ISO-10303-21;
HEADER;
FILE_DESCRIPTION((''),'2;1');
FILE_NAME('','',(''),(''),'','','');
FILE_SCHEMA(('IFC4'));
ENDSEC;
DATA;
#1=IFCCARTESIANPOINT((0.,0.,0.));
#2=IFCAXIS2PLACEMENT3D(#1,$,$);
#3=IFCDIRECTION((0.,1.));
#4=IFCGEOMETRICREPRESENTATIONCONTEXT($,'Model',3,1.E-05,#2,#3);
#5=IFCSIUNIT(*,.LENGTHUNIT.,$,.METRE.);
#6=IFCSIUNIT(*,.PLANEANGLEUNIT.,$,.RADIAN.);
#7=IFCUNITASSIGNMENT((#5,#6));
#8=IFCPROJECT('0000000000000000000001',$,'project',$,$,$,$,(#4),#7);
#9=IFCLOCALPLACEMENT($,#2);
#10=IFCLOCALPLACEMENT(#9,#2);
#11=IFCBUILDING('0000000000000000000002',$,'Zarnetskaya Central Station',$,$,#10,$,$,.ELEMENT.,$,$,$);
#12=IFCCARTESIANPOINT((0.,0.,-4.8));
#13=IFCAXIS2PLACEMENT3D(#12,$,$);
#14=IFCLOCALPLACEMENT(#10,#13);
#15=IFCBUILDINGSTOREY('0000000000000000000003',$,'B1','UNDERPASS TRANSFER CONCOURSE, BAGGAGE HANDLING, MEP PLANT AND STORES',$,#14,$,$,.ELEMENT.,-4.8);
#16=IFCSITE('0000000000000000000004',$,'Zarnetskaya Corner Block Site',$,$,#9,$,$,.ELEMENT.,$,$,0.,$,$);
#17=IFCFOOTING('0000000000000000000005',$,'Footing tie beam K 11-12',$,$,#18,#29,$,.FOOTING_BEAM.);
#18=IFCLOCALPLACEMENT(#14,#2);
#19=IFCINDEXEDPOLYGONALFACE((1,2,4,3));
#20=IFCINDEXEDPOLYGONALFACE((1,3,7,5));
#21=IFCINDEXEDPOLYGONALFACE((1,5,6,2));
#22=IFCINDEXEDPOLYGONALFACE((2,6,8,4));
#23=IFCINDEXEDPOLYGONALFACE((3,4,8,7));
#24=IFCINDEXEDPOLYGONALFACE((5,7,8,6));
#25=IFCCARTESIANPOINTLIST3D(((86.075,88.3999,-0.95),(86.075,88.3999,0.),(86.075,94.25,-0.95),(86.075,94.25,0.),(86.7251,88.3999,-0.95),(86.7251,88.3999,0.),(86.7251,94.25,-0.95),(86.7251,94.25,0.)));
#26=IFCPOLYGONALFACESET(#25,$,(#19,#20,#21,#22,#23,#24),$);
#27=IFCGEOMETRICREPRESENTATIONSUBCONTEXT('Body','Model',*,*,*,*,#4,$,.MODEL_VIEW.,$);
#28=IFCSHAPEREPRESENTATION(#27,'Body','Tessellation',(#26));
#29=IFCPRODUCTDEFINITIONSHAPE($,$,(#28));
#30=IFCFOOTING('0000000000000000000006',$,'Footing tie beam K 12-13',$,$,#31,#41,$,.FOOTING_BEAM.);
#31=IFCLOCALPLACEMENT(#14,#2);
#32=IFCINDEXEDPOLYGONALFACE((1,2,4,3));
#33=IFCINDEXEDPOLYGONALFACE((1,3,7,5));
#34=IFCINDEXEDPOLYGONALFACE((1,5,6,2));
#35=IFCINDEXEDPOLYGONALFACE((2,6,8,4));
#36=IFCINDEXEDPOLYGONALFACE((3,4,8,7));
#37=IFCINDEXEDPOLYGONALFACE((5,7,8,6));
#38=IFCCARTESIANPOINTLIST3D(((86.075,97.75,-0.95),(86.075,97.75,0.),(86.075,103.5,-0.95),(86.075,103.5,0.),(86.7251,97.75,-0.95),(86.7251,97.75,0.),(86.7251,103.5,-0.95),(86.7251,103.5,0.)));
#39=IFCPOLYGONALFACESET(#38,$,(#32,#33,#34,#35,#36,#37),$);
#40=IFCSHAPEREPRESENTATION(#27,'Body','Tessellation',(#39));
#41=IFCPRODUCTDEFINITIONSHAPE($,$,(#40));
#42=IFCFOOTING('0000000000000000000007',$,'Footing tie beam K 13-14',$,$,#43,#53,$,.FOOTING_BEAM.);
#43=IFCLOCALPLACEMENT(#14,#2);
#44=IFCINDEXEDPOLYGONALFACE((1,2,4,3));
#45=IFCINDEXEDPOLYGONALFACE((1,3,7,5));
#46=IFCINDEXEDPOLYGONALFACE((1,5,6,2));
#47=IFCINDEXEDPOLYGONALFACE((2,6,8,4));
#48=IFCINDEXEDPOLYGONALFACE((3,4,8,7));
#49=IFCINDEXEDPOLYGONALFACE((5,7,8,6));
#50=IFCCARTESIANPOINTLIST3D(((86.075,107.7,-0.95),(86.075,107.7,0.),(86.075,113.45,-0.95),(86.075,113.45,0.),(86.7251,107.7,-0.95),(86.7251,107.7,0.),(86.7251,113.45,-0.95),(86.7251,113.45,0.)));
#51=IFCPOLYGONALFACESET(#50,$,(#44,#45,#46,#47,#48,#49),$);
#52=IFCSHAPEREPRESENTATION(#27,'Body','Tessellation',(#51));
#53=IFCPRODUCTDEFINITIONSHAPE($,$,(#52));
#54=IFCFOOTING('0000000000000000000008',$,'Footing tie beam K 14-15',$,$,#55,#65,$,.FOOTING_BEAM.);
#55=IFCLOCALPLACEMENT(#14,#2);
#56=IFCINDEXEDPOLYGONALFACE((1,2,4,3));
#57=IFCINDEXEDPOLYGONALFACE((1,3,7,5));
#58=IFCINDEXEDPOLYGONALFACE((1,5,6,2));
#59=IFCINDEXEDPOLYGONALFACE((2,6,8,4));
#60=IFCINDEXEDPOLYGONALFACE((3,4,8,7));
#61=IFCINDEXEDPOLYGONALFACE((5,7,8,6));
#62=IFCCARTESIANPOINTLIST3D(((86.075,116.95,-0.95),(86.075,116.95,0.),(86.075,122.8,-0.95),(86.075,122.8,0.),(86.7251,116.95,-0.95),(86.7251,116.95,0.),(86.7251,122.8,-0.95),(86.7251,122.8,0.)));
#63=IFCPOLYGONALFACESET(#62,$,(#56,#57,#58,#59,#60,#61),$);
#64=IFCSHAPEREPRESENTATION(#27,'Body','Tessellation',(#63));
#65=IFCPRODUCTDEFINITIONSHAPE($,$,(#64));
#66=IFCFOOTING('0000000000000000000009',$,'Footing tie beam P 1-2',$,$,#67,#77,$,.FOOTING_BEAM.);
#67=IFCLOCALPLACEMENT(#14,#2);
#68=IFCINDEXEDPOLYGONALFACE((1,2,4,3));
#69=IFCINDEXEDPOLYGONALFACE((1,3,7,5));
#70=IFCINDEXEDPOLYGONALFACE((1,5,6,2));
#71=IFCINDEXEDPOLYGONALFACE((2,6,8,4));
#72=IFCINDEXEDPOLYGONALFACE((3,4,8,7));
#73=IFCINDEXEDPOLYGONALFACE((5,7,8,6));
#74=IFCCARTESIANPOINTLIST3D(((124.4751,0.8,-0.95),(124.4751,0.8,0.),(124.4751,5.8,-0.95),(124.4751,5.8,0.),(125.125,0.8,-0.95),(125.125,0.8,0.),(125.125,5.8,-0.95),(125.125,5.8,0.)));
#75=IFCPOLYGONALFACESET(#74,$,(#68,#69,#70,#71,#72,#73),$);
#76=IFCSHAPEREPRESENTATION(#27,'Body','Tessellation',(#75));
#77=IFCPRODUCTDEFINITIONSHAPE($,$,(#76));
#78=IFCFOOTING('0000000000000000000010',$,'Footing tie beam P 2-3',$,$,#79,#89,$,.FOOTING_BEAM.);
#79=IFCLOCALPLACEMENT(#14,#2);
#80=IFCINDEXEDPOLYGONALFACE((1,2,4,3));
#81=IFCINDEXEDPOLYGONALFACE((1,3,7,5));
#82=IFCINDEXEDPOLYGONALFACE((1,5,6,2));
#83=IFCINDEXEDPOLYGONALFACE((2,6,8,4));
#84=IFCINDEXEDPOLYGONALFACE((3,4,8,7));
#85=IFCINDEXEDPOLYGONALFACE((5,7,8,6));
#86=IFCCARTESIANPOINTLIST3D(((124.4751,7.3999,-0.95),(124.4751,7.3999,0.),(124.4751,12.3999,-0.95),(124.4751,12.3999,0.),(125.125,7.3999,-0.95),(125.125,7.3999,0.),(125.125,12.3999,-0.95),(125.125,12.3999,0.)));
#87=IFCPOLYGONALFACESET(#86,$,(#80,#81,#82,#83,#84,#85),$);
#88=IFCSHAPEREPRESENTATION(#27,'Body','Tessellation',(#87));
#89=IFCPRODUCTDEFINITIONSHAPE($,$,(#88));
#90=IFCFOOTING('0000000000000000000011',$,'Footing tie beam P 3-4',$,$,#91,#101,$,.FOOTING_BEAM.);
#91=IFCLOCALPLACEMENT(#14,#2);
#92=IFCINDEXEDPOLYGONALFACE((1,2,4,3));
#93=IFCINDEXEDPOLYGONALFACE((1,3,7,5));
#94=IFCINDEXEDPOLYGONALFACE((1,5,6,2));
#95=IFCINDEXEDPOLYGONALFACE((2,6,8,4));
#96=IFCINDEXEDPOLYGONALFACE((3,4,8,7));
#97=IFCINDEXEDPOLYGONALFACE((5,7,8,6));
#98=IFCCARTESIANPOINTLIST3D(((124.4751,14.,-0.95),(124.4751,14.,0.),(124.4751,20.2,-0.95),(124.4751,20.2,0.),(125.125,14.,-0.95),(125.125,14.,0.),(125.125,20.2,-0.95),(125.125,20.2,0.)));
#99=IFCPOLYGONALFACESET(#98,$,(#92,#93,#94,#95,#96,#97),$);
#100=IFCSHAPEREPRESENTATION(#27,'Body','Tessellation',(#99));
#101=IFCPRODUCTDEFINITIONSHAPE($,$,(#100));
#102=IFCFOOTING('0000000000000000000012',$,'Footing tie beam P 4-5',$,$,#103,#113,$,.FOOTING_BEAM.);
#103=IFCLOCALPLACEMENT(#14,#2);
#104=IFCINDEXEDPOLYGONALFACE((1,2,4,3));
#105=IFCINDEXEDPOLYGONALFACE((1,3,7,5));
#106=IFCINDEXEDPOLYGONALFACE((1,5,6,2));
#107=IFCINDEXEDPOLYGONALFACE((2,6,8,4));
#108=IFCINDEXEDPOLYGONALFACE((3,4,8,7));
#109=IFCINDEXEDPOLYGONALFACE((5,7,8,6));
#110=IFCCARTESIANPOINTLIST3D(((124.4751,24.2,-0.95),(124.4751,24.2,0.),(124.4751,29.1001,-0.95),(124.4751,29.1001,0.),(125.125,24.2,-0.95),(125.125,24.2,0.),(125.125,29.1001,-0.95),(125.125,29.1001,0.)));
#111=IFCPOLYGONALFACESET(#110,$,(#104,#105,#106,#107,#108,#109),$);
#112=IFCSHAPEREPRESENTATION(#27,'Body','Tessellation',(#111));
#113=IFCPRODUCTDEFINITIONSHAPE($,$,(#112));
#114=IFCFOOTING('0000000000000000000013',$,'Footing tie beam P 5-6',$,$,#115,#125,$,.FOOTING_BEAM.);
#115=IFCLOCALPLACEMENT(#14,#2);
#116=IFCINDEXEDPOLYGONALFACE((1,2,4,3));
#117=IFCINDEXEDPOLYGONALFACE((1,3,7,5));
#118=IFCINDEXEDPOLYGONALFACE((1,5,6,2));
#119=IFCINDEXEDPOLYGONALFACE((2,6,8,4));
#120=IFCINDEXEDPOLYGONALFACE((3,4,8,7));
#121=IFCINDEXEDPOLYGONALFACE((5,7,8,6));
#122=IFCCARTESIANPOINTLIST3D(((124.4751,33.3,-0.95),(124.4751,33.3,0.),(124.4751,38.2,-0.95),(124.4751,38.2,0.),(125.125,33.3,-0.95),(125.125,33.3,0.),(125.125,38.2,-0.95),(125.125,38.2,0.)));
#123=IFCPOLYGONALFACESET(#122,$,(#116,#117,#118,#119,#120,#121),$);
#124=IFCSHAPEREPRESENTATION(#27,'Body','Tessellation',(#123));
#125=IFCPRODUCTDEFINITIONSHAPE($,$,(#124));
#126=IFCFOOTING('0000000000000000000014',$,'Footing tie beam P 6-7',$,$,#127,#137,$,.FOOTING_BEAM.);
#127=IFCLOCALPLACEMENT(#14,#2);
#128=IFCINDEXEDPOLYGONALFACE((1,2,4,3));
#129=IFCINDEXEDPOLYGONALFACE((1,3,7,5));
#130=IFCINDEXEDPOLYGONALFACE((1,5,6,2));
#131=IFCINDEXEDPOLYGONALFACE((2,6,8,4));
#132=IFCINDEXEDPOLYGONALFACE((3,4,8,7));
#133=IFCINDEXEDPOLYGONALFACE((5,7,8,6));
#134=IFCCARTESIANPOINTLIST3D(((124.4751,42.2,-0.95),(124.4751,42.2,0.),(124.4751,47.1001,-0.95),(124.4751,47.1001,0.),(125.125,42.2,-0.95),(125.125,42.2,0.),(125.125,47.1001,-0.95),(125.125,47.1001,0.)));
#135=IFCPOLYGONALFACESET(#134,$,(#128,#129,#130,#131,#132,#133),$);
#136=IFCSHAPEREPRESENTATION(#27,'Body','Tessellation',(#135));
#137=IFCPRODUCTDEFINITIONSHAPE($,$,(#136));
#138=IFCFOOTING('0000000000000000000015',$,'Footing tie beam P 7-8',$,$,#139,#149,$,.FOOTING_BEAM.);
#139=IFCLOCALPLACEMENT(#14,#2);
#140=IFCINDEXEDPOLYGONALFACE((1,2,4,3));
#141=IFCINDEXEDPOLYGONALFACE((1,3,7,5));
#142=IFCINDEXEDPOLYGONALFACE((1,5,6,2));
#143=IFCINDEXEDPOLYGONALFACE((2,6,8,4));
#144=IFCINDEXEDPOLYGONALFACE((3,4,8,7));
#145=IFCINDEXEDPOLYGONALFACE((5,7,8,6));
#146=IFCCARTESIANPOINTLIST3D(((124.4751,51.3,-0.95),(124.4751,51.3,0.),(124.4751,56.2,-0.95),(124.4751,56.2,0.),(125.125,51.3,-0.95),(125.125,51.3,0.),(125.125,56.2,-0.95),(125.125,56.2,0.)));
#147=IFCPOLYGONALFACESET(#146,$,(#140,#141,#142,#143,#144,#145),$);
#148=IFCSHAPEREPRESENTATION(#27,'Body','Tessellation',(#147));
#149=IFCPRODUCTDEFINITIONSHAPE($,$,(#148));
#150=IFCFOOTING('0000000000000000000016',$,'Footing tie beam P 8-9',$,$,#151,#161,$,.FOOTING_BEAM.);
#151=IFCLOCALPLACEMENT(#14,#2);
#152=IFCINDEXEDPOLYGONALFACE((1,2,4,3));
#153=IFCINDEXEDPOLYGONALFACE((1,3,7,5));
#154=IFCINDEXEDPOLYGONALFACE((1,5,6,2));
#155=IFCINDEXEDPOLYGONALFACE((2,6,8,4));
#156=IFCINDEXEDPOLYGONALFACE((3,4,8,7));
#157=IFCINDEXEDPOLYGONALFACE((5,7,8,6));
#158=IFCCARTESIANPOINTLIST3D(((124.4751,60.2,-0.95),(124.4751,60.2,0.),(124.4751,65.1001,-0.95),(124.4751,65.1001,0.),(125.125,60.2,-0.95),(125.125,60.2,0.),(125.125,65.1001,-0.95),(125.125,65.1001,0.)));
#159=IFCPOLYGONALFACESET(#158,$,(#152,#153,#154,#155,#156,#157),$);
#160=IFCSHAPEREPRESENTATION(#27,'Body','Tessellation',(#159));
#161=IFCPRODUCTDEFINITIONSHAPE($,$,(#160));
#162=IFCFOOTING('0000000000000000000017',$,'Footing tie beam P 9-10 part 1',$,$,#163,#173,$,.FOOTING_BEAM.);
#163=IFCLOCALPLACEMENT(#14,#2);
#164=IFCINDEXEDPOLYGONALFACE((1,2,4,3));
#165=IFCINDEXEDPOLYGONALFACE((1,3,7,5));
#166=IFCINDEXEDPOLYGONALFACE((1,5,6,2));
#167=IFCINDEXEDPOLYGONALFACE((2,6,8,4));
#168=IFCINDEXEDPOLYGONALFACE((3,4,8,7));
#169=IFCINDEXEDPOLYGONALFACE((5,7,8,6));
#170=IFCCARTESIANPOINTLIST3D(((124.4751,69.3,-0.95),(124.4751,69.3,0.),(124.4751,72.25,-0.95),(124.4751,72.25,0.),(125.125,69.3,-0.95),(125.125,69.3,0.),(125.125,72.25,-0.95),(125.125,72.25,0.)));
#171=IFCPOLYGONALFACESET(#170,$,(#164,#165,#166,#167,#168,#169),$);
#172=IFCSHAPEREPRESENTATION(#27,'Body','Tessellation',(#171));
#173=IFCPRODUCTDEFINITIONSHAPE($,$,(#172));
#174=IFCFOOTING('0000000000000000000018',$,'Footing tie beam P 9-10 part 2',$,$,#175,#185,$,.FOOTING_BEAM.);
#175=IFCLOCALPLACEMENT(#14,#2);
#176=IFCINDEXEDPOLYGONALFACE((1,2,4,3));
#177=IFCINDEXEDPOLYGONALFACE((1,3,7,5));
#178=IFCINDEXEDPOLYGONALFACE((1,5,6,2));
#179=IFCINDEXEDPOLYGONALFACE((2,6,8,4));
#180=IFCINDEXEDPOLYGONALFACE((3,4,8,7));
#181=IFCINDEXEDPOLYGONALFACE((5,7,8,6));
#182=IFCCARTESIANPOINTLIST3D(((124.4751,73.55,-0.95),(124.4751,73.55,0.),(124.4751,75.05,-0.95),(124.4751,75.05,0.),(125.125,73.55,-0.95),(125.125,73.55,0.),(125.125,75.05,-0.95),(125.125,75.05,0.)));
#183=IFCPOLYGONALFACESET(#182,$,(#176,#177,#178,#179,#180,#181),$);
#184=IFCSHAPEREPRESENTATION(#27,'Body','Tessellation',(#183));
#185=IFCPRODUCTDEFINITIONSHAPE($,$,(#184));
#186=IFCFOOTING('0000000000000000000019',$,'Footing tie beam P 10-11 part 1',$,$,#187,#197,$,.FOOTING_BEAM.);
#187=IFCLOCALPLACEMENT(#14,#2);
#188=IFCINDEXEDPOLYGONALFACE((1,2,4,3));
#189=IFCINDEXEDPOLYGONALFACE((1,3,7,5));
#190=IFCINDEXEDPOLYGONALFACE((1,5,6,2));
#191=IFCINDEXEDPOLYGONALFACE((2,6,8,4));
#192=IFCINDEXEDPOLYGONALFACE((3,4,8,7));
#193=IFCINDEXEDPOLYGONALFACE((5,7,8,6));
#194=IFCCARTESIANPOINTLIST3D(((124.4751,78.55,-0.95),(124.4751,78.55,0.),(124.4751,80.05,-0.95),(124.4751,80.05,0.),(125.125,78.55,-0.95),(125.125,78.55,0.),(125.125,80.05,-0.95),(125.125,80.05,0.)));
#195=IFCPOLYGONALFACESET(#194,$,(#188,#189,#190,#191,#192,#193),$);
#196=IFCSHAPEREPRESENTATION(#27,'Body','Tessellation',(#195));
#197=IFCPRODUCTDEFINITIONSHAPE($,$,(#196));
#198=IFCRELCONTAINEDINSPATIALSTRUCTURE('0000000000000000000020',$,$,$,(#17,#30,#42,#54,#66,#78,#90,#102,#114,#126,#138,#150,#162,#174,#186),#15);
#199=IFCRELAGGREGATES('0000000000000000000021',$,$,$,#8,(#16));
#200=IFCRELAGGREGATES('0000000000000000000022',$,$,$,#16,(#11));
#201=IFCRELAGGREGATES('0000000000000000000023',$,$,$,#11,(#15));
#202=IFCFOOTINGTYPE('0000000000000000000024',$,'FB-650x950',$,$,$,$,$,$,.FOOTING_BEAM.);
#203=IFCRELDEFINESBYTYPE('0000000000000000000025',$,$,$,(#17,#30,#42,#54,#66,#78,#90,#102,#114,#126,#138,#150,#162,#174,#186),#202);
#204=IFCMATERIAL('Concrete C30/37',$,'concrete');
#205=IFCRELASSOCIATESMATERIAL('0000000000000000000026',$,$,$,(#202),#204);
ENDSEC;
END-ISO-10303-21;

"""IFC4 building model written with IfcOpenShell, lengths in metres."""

from ifc_helpers import new_model, si_unit, direction, frame, origin, place, context, subcontext, project, spatial, polyline, outline, extrude, material, type_object, element, save


model = new_model("IFC4")

# Units and contexts
model_context = context("Model", 3, precision=1e-05, world=origin(), true_north=direction((0.0, 1.0)))
body_context = subcontext(model_context, "Body", "Model", "MODEL_VIEW")
ifc_project = project(units=[si_unit("LENGTHUNIT", "METRE"), si_unit("PLANEANGLEUNIT", "RADIAN")], contexts=[model_context])

# Site, building, storey
site_placement = place(None, origin())
site = spatial("IfcSite", under=ifc_project, at=site_placement, Name="Zarnetskaya Corner Block Site", CompositionType="ELEMENT", RefElevation=0.0)
building_placement = place(site_placement, origin())
building = spatial("IfcBuilding", under=site, at=building_placement, Name="Zarnetskaya Central Station", CompositionType="ELEMENT")
storey_placement = place(building_placement, frame((0.0, 0.0, -4.8)))
storey = spatial("IfcBuildingStorey", under=building, at=storey_placement, Name="B1", Description="UNDERPASS TRANSFER CONCOURSE, BAGGAGE HANDLING, MEP PLANT AND STORES", CompositionType="ELEMENT", Elevation=-4.8)

# Footings
ifc_material = material(Name="Concrete C30/37", Category="concrete")
footing_type = type_object("IfcFootingType", Name="FB-650x950", PredefinedType="FOOTING_BEAM", material=ifc_material)
footing_1_placement = place(storey_placement, frame((0.0, 0.0, -0.95)))
element("IfcFooting", 1, at=footing_1_placement, inside=storey, type_object=footing_type, Name="Footing tie beam K 11-12", PredefinedType="FOOTING_BEAM", context=body_context, shape_type="SweptSolid", body=[
    extrude(outline(polyline([(86.075, 88.3999), (86.7251, 88.3999), (86.7251, 94.25), (86.075, 94.25), (86.075, 88.3999)])), origin(), (0.0, 0.0, 1.0), 0.95),
])
footing_2_placement = place(storey_placement, frame((0.0, 0.0, -0.95)))
element("IfcFooting", 2, at=footing_2_placement, inside=storey, type_object=footing_type, Name="Footing tie beam K 12-13", PredefinedType="FOOTING_BEAM", context=body_context, shape_type="SweptSolid", body=[
    extrude(outline(polyline([(86.075, 97.75), (86.7251, 97.75), (86.7251, 103.5), (86.075, 103.5), (86.075, 97.75)])), origin(), (0.0, 0.0, 1.0), 0.95),
])
footing_3_placement = place(storey_placement, frame((0.0, 0.0, -0.95)))
element("IfcFooting", 3, at=footing_3_placement, inside=storey, type_object=footing_type, Name="Footing tie beam K 13-14", PredefinedType="FOOTING_BEAM", context=body_context, shape_type="SweptSolid", body=[
    extrude(outline(polyline([(86.075, 107.7), (86.7251, 107.7), (86.7251, 113.45), (86.075, 113.45), (86.075, 107.7)])), origin(), (0.0, 0.0, 1.0), 0.95),
])
footing_4_placement = place(storey_placement, frame((0.0, 0.0, -0.95)))
element("IfcFooting", 4, at=footing_4_placement, inside=storey, type_object=footing_type, Name="Footing tie beam K 14-15", PredefinedType="FOOTING_BEAM", context=body_context, shape_type="SweptSolid", body=[
    extrude(outline(polyline([(86.075, 116.95), (86.7251, 116.95), (86.7251, 122.8), (86.075, 122.8), (86.075, 116.95)])), origin(), (0.0, 0.0, 1.0), 0.95),
])
footing_5_placement = place(storey_placement, frame((0.0, 0.0, -0.95)))
element("IfcFooting", 5, at=footing_5_placement, inside=storey, type_object=footing_type, Name="Footing tie beam P 1-2", PredefinedType="FOOTING_BEAM", context=body_context, shape_type="SweptSolid", body=[
    extrude(outline(polyline([(124.4751, 0.8), (125.125, 0.8), (125.125, 5.8), (124.4751, 5.8), (124.4751, 0.8)])), origin(), (0.0, 0.0, 1.0), 0.95),
])
footing_6_placement = place(storey_placement, frame((0.0, 0.0, -0.95)))
element("IfcFooting", 6, at=footing_6_placement, inside=storey, type_object=footing_type, Name="Footing tie beam P 2-3", PredefinedType="FOOTING_BEAM", context=body_context, shape_type="SweptSolid", body=[
    extrude(outline(polyline([(124.4751, 7.3999), (125.125, 7.3999), (125.125, 12.3999), (124.4751, 12.3999), (124.4751, 7.3999)])), origin(), (0.0, 0.0, 1.0), 0.95),
])
footing_7_placement = place(storey_placement, frame((0.0, 0.0, -0.95)))
element("IfcFooting", 7, at=footing_7_placement, inside=storey, type_object=footing_type, Name="Footing tie beam P 3-4", PredefinedType="FOOTING_BEAM", context=body_context, shape_type="SweptSolid", body=[
    extrude(outline(polyline([(124.4751, 14.0), (125.125, 14.0), (125.125, 20.2), (124.4751, 20.2), (124.4751, 14.0)])), origin(), (0.0, 0.0, 1.0), 0.95),
])
footing_8_placement = place(storey_placement, frame((0.0, 0.0, -0.95)))
element("IfcFooting", 8, at=footing_8_placement, inside=storey, type_object=footing_type, Name="Footing tie beam P 4-5", PredefinedType="FOOTING_BEAM", context=body_context, shape_type="SweptSolid", body=[
    extrude(outline(polyline([(124.4751, 24.2), (125.125, 24.2), (125.125, 29.1001), (124.4751, 29.1001), (124.4751, 24.2)])), origin(), (0.0, 0.0, 1.0), 0.95),
])
footing_9_placement = place(storey_placement, frame((0.0, 0.0, -0.95)))
element("IfcFooting", 9, at=footing_9_placement, inside=storey, type_object=footing_type, Name="Footing tie beam P 5-6", PredefinedType="FOOTING_BEAM", context=body_context, shape_type="SweptSolid", body=[
    extrude(outline(polyline([(124.4751, 33.3), (125.125, 33.3), (125.125, 38.2), (124.4751, 38.2), (124.4751, 33.3)])), origin(), (0.0, 0.0, 1.0), 0.95),
])
footing_10_placement = place(storey_placement, frame((0.0, 0.0, -0.95)))
element("IfcFooting", 10, at=footing_10_placement, inside=storey, type_object=footing_type, Name="Footing tie beam P 6-7", PredefinedType="FOOTING_BEAM", context=body_context, shape_type="SweptSolid", body=[
    extrude(outline(polyline([(124.4751, 42.2), (125.125, 42.2), (125.125, 47.1001), (124.4751, 47.1001), (124.4751, 42.2)])), origin(), (0.0, 0.0, 1.0), 0.95),
])
footing_11_placement = place(storey_placement, frame((0.0, 0.0, -0.95)))
element("IfcFooting", 11, at=footing_11_placement, inside=storey, type_object=footing_type, Name="Footing tie beam P 7-8", PredefinedType="FOOTING_BEAM", context=body_context, shape_type="SweptSolid", body=[
    extrude(outline(polyline([(124.4751, 51.3), (125.125, 51.3), (125.125, 56.2), (124.4751, 56.2), (124.4751, 51.3)])), origin(), (0.0, 0.0, 1.0), 0.95),
])
footing_12_placement = place(storey_placement, frame((0.0, 0.0, -0.95)))
element("IfcFooting", 12, at=footing_12_placement, inside=storey, type_object=footing_type, Name="Footing tie beam P 8-9", PredefinedType="FOOTING_BEAM", context=body_context, shape_type="SweptSolid", body=[
    extrude(outline(polyline([(124.4751, 60.2), (125.125, 60.2), (125.125, 65.1001), (124.4751, 65.1001), (124.4751, 60.2)])), origin(), (0.0, 0.0, 1.0), 0.95),
])
footing_13_placement = place(storey_placement, frame((0.0, 0.0, -0.95)))
element("IfcFooting", 13, at=footing_13_placement, inside=storey, type_object=footing_type, Name="Footing tie beam P 9-10 part 1", PredefinedType="FOOTING_BEAM", context=body_context, shape_type="SweptSolid", body=[
    extrude(outline(polyline([(124.4751, 69.3), (125.125, 69.3), (125.125, 72.25), (124.4751, 72.25), (124.4751, 69.3)])), origin(), (0.0, 0.0, 1.0), 0.95),
])
footing_14_placement = place(storey_placement, frame((0.0, 0.0, -0.95)))
element("IfcFooting", 14, at=footing_14_placement, inside=storey, type_object=footing_type, Name="Footing tie beam P 9-10 part 2", PredefinedType="FOOTING_BEAM", context=body_context, shape_type="SweptSolid", body=[
    extrude(outline(polyline([(124.4751, 73.55), (125.125, 73.55), (125.125, 75.05), (124.4751, 75.05), (124.4751, 73.55)])), origin(), (0.0, 0.0, 1.0), 0.95),
])
footing_15_placement = place(storey_placement, frame((0.0, 0.0, -0.95)))
element("IfcFooting", 15, at=footing_15_placement, inside=storey, type_object=footing_type, Name="Footing tie beam P 10-11 part 1", PredefinedType="FOOTING_BEAM", context=body_context, shape_type="SweptSolid", body=[
    extrude(outline(polyline([(124.4751, 78.55), (125.125, 78.55), (125.125, 80.05), (124.4751, 80.05), (124.4751, 78.55)])), origin(), (0.0, 0.0, 1.0), 0.95),
])

save(model, "model.ifc")
